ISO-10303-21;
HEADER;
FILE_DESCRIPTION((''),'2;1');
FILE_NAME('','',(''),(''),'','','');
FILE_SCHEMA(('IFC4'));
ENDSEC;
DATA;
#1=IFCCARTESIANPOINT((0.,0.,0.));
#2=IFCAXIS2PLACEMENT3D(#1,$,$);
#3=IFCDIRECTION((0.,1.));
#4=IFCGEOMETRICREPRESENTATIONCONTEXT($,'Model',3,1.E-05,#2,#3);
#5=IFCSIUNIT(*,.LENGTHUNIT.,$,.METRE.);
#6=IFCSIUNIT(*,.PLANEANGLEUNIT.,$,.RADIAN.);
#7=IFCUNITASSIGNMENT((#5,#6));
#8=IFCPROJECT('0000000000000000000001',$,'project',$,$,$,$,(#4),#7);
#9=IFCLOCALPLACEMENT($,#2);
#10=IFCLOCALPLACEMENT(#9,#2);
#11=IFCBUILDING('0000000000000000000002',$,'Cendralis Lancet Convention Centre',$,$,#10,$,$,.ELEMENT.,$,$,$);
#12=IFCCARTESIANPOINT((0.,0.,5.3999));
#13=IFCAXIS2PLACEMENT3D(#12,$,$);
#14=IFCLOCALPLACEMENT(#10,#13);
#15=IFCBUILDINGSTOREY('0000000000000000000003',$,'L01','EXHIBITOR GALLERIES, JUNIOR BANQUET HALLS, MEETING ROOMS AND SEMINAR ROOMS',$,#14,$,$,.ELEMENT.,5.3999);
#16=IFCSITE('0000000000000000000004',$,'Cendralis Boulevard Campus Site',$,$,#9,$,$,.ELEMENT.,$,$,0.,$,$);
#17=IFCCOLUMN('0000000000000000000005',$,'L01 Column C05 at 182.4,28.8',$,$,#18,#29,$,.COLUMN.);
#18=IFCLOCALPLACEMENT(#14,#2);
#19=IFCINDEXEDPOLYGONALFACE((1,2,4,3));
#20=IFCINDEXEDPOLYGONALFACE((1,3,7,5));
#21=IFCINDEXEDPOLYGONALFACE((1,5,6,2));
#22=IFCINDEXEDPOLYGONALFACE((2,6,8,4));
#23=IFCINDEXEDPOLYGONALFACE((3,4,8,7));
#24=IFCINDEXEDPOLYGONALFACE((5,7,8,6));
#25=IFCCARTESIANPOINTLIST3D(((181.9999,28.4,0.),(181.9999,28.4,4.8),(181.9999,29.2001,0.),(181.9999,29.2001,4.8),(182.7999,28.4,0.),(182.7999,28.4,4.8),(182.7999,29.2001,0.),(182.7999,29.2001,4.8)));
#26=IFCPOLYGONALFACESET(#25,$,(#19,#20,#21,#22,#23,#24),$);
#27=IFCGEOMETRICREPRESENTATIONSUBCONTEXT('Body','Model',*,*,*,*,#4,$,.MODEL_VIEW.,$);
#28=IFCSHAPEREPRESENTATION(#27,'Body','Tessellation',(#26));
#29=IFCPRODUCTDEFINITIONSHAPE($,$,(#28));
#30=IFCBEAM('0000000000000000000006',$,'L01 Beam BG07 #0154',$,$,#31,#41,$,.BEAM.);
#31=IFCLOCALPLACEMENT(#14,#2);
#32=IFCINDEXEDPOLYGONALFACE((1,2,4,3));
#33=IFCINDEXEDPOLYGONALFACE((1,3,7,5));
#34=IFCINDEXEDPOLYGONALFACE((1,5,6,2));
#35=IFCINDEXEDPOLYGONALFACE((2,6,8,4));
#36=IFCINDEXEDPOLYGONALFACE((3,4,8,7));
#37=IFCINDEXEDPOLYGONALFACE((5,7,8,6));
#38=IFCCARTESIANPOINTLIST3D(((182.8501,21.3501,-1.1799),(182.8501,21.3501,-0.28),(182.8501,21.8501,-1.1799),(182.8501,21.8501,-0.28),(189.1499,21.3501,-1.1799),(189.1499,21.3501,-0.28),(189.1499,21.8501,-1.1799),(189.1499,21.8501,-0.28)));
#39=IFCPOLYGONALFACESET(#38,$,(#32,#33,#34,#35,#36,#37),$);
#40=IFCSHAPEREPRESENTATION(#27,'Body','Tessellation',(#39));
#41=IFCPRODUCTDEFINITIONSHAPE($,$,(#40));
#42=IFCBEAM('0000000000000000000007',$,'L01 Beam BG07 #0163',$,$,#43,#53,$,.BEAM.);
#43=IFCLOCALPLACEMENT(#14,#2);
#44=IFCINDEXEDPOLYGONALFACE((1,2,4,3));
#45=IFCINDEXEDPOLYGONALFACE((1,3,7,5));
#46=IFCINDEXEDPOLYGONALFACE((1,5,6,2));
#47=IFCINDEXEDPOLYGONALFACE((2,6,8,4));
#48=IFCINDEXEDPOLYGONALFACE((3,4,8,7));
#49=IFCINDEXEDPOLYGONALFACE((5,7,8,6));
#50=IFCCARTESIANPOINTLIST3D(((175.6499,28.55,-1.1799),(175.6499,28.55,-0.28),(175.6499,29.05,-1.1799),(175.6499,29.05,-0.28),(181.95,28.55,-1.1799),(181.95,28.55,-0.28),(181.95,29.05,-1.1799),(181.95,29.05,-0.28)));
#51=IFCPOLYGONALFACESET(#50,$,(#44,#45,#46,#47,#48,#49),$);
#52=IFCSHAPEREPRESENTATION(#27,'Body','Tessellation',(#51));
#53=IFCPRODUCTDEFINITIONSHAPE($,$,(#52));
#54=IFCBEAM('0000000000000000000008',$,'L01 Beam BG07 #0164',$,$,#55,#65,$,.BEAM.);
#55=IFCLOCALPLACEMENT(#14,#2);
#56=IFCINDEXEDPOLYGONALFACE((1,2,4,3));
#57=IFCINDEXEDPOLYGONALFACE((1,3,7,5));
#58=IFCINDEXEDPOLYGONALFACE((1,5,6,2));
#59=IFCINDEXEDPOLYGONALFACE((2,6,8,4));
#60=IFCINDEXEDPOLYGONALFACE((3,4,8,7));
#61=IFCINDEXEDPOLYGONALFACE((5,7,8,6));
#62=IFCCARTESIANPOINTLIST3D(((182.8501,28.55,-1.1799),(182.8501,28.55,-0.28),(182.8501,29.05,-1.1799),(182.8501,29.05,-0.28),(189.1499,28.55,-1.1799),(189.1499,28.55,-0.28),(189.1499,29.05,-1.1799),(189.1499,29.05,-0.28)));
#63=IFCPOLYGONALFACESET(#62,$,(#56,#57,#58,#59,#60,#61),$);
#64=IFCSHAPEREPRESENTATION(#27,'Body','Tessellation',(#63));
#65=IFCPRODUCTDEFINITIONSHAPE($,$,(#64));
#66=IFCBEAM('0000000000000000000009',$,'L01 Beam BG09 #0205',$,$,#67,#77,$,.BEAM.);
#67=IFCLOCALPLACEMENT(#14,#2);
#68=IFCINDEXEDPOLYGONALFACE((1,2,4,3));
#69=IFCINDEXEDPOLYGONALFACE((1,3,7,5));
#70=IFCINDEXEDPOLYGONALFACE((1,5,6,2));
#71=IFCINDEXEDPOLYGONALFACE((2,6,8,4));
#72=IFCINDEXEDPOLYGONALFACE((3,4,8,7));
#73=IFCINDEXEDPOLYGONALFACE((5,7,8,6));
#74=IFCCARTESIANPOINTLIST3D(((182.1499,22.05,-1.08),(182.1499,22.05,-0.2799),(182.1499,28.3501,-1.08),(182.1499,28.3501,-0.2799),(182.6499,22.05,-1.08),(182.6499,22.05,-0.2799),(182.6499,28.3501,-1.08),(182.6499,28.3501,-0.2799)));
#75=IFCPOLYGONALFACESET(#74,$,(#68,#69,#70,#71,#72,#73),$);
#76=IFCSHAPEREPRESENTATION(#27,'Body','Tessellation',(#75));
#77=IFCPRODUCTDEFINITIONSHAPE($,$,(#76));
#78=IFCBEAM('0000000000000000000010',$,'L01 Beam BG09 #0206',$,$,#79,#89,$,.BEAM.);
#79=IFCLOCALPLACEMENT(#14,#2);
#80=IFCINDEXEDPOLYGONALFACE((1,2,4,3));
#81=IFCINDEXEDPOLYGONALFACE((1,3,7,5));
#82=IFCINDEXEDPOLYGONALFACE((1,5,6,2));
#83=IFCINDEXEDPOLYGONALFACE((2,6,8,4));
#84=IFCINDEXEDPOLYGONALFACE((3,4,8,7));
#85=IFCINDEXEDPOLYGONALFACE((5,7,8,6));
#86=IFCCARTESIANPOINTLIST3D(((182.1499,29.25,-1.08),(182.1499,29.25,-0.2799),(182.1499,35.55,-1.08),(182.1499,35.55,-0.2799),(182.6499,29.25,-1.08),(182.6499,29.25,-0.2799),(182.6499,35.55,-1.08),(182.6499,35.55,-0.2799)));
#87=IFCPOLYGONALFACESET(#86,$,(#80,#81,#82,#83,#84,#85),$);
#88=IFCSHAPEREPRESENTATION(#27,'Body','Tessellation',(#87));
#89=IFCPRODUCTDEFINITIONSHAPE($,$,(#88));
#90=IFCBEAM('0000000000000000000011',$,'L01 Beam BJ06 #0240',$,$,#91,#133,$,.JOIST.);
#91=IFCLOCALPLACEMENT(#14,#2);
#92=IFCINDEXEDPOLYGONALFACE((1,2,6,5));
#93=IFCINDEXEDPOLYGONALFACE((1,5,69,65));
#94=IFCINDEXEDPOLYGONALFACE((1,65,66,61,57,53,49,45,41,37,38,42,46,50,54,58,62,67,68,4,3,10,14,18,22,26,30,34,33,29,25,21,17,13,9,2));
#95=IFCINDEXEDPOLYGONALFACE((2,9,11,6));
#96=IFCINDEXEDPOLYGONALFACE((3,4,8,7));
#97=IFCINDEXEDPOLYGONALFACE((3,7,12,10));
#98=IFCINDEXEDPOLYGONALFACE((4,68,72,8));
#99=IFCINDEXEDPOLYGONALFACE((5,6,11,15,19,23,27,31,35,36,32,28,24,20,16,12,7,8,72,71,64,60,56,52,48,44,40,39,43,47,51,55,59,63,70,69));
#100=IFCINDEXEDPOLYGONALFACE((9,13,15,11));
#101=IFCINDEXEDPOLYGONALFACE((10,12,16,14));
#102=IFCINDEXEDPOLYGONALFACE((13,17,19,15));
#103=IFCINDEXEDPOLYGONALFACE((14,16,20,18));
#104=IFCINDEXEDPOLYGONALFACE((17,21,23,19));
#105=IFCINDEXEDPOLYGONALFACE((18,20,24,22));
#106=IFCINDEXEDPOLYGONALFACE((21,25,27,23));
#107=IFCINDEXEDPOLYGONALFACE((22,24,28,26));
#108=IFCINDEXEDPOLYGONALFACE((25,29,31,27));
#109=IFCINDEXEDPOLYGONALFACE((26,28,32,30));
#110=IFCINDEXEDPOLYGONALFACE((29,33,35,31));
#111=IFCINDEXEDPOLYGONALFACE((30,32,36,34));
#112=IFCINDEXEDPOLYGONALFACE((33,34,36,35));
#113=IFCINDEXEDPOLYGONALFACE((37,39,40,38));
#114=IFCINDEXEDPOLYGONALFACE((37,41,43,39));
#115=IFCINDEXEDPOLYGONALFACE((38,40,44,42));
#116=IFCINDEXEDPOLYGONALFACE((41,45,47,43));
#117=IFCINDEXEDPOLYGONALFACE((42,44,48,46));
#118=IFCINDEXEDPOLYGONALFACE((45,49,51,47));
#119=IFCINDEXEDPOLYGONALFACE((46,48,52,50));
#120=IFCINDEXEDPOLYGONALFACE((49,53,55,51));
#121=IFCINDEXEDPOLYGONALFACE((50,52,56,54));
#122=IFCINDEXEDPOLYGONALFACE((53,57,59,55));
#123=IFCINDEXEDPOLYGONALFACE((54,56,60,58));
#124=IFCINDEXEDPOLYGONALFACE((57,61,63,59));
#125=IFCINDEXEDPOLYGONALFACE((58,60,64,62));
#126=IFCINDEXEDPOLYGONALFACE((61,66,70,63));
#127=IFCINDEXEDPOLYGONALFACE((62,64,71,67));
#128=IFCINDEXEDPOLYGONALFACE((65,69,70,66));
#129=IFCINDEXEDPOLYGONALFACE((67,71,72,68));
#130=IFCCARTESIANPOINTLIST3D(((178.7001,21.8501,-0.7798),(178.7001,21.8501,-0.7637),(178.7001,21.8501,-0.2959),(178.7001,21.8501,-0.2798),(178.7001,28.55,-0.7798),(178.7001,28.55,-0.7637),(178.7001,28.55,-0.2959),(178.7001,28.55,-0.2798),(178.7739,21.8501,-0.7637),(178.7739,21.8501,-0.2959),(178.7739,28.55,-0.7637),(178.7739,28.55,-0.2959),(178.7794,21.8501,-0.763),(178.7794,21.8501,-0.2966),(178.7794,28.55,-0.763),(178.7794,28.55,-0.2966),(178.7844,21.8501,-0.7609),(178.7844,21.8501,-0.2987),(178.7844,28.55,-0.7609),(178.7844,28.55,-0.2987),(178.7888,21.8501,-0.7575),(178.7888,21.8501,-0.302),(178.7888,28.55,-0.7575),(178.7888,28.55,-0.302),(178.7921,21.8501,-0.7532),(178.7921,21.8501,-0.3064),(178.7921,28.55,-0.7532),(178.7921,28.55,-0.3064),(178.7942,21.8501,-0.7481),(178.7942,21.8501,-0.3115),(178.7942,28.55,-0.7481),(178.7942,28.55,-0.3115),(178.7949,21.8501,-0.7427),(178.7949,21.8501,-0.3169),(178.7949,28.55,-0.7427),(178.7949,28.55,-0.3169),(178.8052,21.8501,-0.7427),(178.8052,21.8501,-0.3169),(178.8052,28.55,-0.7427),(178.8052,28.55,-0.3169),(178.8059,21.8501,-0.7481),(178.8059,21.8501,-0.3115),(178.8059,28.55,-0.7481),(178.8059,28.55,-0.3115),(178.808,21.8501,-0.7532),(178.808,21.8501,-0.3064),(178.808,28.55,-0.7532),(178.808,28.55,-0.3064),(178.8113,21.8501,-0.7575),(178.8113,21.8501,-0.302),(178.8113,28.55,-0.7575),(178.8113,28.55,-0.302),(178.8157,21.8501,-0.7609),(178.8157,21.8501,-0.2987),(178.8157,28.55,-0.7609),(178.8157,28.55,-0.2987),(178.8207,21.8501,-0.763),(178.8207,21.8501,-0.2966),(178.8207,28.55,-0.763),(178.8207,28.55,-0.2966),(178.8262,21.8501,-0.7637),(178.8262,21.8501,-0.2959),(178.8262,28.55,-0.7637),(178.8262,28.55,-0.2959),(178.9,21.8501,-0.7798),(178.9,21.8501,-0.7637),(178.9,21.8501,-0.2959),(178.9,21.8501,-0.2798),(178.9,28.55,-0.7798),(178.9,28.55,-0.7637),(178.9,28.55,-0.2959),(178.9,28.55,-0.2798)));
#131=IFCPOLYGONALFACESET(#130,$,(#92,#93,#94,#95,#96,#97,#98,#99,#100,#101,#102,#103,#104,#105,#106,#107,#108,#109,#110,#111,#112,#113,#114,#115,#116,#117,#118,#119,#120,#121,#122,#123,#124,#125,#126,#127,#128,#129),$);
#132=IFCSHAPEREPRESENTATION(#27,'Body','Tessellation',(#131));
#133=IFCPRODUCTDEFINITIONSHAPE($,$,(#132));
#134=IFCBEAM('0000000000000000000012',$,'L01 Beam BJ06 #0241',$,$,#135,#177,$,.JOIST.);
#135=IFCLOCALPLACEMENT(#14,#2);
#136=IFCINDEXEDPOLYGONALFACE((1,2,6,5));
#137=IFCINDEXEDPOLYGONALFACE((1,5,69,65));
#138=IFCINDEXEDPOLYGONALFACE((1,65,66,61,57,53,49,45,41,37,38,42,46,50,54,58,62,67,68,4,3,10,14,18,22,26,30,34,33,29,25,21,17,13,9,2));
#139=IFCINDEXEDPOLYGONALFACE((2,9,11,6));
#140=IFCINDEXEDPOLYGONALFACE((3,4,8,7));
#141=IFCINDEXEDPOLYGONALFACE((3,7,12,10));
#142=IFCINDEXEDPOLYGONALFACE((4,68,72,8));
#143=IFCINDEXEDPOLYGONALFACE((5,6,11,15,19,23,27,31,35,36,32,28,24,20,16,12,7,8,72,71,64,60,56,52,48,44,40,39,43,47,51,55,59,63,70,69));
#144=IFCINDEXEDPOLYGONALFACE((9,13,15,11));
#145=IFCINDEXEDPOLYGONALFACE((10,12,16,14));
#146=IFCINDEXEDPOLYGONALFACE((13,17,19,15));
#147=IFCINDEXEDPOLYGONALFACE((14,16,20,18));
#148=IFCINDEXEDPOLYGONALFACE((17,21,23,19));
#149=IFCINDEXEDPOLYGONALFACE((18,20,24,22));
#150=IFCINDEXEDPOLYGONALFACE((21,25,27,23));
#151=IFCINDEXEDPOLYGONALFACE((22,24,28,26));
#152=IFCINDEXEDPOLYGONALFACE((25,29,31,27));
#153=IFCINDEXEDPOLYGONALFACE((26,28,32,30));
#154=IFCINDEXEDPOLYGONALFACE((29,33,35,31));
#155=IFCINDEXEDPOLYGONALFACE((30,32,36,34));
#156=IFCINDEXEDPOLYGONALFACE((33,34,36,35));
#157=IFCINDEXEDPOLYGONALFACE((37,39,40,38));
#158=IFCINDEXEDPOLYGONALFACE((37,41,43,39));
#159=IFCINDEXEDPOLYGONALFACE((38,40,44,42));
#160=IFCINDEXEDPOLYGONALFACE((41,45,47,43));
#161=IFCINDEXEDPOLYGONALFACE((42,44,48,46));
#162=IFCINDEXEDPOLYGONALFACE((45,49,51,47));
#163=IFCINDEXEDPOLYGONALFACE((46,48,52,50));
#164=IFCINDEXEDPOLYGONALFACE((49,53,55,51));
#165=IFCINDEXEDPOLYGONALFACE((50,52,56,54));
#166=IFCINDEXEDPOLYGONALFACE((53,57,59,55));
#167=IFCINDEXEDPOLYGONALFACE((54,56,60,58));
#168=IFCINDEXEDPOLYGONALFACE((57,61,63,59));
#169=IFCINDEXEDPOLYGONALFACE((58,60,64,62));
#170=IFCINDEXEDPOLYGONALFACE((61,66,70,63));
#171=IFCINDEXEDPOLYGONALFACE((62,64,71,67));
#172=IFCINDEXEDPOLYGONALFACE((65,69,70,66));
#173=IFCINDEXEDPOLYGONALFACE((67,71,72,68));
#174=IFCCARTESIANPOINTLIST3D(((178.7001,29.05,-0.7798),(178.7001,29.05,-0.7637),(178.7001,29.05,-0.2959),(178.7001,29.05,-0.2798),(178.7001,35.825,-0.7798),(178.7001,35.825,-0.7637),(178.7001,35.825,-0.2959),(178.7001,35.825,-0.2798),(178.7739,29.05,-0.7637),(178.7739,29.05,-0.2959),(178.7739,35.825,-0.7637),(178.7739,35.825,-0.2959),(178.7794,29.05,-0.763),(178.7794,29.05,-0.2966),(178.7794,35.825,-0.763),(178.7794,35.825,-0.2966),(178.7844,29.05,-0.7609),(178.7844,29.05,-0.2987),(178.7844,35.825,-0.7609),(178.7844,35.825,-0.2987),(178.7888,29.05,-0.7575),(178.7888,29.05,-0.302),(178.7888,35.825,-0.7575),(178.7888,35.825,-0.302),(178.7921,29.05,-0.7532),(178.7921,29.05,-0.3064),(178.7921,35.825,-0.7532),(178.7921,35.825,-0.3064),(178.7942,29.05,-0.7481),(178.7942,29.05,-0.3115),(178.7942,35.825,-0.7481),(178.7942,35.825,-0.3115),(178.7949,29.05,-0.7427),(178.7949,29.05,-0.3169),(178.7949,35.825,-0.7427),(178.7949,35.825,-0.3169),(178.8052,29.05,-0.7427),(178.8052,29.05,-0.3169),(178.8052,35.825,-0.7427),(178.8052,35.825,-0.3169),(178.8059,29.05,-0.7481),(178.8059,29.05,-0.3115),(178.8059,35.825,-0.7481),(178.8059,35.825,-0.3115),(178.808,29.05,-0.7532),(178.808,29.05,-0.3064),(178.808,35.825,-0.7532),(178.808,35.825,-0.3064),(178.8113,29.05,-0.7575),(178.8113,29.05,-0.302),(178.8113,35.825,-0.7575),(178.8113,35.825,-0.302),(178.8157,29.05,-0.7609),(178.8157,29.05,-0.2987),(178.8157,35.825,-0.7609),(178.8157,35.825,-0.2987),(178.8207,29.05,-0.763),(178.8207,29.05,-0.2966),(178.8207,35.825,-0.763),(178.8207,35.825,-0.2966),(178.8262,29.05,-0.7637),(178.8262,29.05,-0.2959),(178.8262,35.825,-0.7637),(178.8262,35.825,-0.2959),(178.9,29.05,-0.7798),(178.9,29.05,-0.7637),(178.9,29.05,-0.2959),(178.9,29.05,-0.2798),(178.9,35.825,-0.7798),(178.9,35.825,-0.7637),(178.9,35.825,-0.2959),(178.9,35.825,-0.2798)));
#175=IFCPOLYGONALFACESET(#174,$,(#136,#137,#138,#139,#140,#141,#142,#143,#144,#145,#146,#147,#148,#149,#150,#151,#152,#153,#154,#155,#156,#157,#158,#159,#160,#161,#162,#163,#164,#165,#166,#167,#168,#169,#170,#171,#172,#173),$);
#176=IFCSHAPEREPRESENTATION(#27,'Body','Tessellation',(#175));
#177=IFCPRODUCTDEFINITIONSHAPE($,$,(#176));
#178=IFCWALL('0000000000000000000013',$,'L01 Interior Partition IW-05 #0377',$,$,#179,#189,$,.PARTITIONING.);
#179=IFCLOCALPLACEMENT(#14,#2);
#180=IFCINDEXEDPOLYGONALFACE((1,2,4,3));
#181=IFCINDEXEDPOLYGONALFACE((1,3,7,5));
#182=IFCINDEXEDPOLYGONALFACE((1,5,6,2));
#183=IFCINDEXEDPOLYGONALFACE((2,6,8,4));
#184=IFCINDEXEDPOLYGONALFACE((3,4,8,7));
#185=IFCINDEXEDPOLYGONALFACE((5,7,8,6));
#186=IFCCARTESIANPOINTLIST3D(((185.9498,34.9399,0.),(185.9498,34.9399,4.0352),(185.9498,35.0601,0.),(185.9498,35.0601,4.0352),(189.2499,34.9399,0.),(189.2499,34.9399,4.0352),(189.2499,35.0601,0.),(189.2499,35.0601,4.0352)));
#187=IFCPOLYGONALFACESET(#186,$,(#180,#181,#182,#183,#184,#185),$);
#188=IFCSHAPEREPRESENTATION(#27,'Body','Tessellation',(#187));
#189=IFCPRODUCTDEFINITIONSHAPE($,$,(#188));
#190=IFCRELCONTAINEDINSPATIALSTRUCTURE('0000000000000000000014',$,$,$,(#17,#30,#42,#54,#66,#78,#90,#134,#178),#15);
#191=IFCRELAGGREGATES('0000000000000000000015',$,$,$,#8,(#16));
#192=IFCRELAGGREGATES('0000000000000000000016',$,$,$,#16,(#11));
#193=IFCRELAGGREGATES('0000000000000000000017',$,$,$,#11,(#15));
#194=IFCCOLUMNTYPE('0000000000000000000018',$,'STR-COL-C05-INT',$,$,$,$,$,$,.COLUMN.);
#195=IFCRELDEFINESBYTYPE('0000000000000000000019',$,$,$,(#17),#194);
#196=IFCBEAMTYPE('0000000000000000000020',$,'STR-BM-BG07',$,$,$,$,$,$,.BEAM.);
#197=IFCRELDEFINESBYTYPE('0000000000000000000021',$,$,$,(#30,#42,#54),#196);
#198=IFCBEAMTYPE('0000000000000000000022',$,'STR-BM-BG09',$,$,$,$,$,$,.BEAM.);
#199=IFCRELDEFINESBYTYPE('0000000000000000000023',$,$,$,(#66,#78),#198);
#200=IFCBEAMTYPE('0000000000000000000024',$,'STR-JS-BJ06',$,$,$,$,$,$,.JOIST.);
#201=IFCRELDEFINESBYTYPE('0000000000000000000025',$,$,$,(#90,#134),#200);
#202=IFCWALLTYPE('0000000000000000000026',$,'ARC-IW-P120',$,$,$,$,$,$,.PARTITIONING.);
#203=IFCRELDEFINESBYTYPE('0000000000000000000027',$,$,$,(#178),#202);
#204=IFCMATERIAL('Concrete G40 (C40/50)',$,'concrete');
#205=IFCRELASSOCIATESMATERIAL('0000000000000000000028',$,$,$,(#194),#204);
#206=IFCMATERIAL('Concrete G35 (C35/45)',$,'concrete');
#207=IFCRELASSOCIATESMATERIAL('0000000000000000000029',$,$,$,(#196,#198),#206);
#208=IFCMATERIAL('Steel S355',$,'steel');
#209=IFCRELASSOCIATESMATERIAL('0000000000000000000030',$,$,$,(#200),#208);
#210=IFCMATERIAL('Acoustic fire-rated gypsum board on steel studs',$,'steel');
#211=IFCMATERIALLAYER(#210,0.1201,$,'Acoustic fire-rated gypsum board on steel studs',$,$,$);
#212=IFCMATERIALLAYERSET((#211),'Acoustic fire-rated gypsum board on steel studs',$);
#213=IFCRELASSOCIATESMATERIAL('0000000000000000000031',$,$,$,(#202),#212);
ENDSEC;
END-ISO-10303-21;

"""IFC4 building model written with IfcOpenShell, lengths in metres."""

from ifc_helpers import new_model, si_unit, direction, frame, frame_2d, origin, origin_2d, place, context, subcontext, project, spatial, rectangle, i_section, extrude, material, layer, layer_set, material_profile, profile_set, type_object, element, save


model = new_model("IFC4")

# Units and contexts
model_context = context("Model", 3, precision=1e-05, world=origin(), true_north=direction((0.0, 1.0)))
body_context = subcontext(model_context, "Body", "Model", "MODEL_VIEW")
ifc_project = project(units=[si_unit("LENGTHUNIT", "METRE"), si_unit("PLANEANGLEUNIT", "RADIAN")], contexts=[model_context])

# Site, building, storey
site_placement = place(None, origin())
site = spatial("IfcSite", under=ifc_project, at=site_placement, Name="Cendralis Boulevard Campus Site", CompositionType="ELEMENT", RefElevation=0.0)
building_placement = place(site_placement, origin())
building = spatial("IfcBuilding", under=site, at=building_placement, Name="Cendralis Lancet Convention Centre", CompositionType="ELEMENT")
storey_placement = place(building_placement, frame((0.0, 0.0, 5.3999)))
storey = spatial("IfcBuildingStorey", under=building, at=storey_placement, Name="L01", Description="EXHIBITOR GALLERIES, JUNIOR BANQUET HALLS, MEETING ROOMS AND SEMINAR ROOMS", CompositionType="ELEMENT", Elevation=5.3999)

# Column
ifc_material_1 = material(Name="Concrete G40 (C40/50)", Category="concrete")
ifc_material_profile_1 = material_profile(ifc_material_1, rectangle(XDim=0.8, YDim=0.8, at=origin_2d()), Name="RC 800x800")
ifc_profile_set_1 = profile_set([ifc_material_profile_1], Name="Concrete G40 (C40/50)")
column_type = type_object("IfcColumnType", Name="STR-COL-C05-INT", PredefinedType="COLUMN", material=ifc_profile_set_1)
column_placement = place(storey_placement, frame((182.3999, 28.8, 0.0), z_axis=(0.0, 0.0, 1.0), x_axis=(1.0, 0.0, 0.0)))
element("IfcColumn", 1, at=column_placement, inside=storey, type_object=column_type, Name="L01 Column C05 at 182.4,28.8", PredefinedType="COLUMN", context=body_context, shape_type="SweptSolid", body=[
    extrude(rectangle(XDim=0.8, YDim=0.8, at=origin_2d()), origin(), (0.0, 0.0, 1.0), 4.8),
])

# Beams
ifc_material_2 = material(Name="Concrete G35 (C35/45)", Category="concrete")
ifc_material_profile_2 = material_profile(ifc_material_2, rectangle(XDim=0.5, YDim=0.8999, at=origin_2d()), Name="RCB 500x900")
ifc_profile_set_2 = profile_set([ifc_material_profile_2], Name="Concrete G35 (C35/45)")
beam_type_1 = type_object("IfcBeamType", Name="STR-BM-BG07", PredefinedType="BEAM", material=ifc_profile_set_2)
beam_1_placement = place(storey_placement, frame((182.8501, 21.6001, -0.73), z_axis=(1.0, 0.0, 0.0), x_axis=(0.0, 1.0, 0.0)))
element("IfcBeam", 2, at=beam_1_placement, inside=storey, type_object=beam_type_1, Name="L01 Beam BG07 #0154", PredefinedType="BEAM", context=body_context, shape_type="SweptSolid", body=[
    extrude(rectangle(XDim=0.5, YDim=0.8999, at=origin_2d()), origin(), (0.0, 0.0, 1.0), 6.2998),
])
beam_2_placement = place(storey_placement, frame((175.6499, 28.8, -0.73), z_axis=(1.0, 0.0, 0.0), x_axis=(0.0, 1.0, 0.0)))
element("IfcBeam", 3, at=beam_2_placement, inside=storey, type_object=beam_type_1, Name="L01 Beam BG07 #0163", PredefinedType="BEAM", context=body_context, shape_type="SweptSolid", body=[
    extrude(rectangle(XDim=0.5, YDim=0.8999, at=origin_2d()), origin(), (0.0, 0.0, 1.0), 6.3),
])
beam_3_placement = place(storey_placement, frame((182.8501, 28.8, -0.73), z_axis=(1.0, 0.0, 0.0), x_axis=(0.0, 1.0, 0.0)))
element("IfcBeam", 4, at=beam_3_placement, inside=storey, type_object=beam_type_1, Name="L01 Beam BG07 #0164", PredefinedType="BEAM", context=body_context, shape_type="SweptSolid", body=[
    extrude(rectangle(XDim=0.5, YDim=0.8999, at=origin_2d()), origin(), (0.0, 0.0, 1.0), 6.2998),
])
ifc_material_profile_3 = material_profile(ifc_material_2, rectangle(XDim=0.5, YDim=0.8, at=origin_2d()), Name="RCB 500x800")
ifc_profile_set_3 = profile_set([ifc_material_profile_3], Name="Concrete G35 (C35/45)")
beam_type_2 = type_object("IfcBeamType", Name="STR-BM-BG09", PredefinedType="BEAM", material=ifc_profile_set_3)
for number, where, z_axis, x_axis, name in (
    (5, (182.3999, 22.05, -0.6799), (0.0, 1.0, 0.0), (-1.0, 0.0, 0.0), "L01 Beam BG09 #0205"),
    (6, (182.3999, 29.25, -0.6799), (0.0, 1.0, 0.0), (-1.0, 0.0, 0.0), "L01 Beam BG09 #0206"),
):
    element("IfcBeam", number, at=place(storey_placement, frame(where, z_axis=z_axis, x_axis=x_axis)), inside=storey, type_object=beam_type_2, Name=name, PredefinedType="BEAM", context=body_context, shape_type="SweptSolid", body=[
        extrude(rectangle(XDim=0.5, YDim=0.8, at=origin_2d()), origin(), (0.0, 0.0, 1.0), 6.3),
    ])
ifc_material_3 = material(Name="Steel S355", Category="steel")
ifc_material_profile_4 = material_profile(ifc_material_3, i_section(OverallWidth=0.2, OverallDepth=0.5, WebThickness=0.0103, FlangeThickness=0.0161, FilletRadius=0.021, at=origin_2d()), Name="IPE 500")
ifc_profile_set_4 = profile_set([ifc_material_profile_4], Name="Steel S355")
beam_type_3 = type_object("IfcBeamType", Name="STR-JS-BJ06", PredefinedType="JOIST", material=ifc_profile_set_4)
beam_4_placement = place(storey_placement, frame((178.8, 21.8501, -0.5298), z_axis=(0.0, 1.0, 0.0), x_axis=(-1.0, 0.0, 0.0)))
element("IfcBeam", 7, at=beam_4_placement, inside=storey, type_object=beam_type_3, Name="L01 Beam BJ06 #0240", PredefinedType="JOIST", context=body_context, shape_type="SweptSolid", body=[
    extrude(i_section(OverallWidth=0.2, OverallDepth=0.5, WebThickness=0.0103, FlangeThickness=0.0161, FilletRadius=0.021, at=origin_2d()), origin(), (0.0, 0.0, 1.0), 6.7),
])
beam_5_placement = place(storey_placement, frame((178.8, 29.05, -0.5298), z_axis=(0.0, 1.0, 0.0), x_axis=(-1.0, 0.0, 0.0)))
element("IfcBeam", 8, at=beam_5_placement, inside=storey, type_object=beam_type_3, Name="L01 Beam BJ06 #0241", PredefinedType="JOIST", context=body_context, shape_type="SweptSolid", body=[
    extrude(i_section(OverallWidth=0.2, OverallDepth=0.5, WebThickness=0.0103, FlangeThickness=0.0161, FilletRadius=0.021, at=origin_2d()), origin(), (0.0, 0.0, 1.0), 6.7749),
])

# Shared definitions
ifc_material_4 = material(Name="Acoustic fire-rated gypsum board on steel studs", Category="steel")
ifc_layer_1 = layer(ifc_material_4, 0.1201, Name="Acoustic fire-rated gypsum board on steel studs")
ifc_layer_set_1 = layer_set([ifc_layer_1], Name="Acoustic fire-rated gypsum board on steel studs")
wall_type_1 = type_object("IfcWallType", Name="ARC-IW-P120", PredefinedType="PARTITIONING", material=ifc_layer_set_1)

# Wall
wall_1_placement = place(storey_placement, frame((185.95, 35.0, 0.0), z_axis=(0.0, 0.0, 1.0), x_axis=(1.0, 0.0, 0.0)))
element("IfcWall", 9, at=wall_1_placement, inside=storey, type_object=wall_type_1, Name="L01 Interior Partition IW-05 #0377", PredefinedType="PARTITIONING", context=body_context, shape_type="SweptSolid", body=[
    extrude(rectangle(XDim=3.3, YDim=0.1201, at=frame_2d((1.6499, 0.0))), origin(), (0.0, 0.0, 1.0), 4.0352),
])

save(model, "model.ifc")
